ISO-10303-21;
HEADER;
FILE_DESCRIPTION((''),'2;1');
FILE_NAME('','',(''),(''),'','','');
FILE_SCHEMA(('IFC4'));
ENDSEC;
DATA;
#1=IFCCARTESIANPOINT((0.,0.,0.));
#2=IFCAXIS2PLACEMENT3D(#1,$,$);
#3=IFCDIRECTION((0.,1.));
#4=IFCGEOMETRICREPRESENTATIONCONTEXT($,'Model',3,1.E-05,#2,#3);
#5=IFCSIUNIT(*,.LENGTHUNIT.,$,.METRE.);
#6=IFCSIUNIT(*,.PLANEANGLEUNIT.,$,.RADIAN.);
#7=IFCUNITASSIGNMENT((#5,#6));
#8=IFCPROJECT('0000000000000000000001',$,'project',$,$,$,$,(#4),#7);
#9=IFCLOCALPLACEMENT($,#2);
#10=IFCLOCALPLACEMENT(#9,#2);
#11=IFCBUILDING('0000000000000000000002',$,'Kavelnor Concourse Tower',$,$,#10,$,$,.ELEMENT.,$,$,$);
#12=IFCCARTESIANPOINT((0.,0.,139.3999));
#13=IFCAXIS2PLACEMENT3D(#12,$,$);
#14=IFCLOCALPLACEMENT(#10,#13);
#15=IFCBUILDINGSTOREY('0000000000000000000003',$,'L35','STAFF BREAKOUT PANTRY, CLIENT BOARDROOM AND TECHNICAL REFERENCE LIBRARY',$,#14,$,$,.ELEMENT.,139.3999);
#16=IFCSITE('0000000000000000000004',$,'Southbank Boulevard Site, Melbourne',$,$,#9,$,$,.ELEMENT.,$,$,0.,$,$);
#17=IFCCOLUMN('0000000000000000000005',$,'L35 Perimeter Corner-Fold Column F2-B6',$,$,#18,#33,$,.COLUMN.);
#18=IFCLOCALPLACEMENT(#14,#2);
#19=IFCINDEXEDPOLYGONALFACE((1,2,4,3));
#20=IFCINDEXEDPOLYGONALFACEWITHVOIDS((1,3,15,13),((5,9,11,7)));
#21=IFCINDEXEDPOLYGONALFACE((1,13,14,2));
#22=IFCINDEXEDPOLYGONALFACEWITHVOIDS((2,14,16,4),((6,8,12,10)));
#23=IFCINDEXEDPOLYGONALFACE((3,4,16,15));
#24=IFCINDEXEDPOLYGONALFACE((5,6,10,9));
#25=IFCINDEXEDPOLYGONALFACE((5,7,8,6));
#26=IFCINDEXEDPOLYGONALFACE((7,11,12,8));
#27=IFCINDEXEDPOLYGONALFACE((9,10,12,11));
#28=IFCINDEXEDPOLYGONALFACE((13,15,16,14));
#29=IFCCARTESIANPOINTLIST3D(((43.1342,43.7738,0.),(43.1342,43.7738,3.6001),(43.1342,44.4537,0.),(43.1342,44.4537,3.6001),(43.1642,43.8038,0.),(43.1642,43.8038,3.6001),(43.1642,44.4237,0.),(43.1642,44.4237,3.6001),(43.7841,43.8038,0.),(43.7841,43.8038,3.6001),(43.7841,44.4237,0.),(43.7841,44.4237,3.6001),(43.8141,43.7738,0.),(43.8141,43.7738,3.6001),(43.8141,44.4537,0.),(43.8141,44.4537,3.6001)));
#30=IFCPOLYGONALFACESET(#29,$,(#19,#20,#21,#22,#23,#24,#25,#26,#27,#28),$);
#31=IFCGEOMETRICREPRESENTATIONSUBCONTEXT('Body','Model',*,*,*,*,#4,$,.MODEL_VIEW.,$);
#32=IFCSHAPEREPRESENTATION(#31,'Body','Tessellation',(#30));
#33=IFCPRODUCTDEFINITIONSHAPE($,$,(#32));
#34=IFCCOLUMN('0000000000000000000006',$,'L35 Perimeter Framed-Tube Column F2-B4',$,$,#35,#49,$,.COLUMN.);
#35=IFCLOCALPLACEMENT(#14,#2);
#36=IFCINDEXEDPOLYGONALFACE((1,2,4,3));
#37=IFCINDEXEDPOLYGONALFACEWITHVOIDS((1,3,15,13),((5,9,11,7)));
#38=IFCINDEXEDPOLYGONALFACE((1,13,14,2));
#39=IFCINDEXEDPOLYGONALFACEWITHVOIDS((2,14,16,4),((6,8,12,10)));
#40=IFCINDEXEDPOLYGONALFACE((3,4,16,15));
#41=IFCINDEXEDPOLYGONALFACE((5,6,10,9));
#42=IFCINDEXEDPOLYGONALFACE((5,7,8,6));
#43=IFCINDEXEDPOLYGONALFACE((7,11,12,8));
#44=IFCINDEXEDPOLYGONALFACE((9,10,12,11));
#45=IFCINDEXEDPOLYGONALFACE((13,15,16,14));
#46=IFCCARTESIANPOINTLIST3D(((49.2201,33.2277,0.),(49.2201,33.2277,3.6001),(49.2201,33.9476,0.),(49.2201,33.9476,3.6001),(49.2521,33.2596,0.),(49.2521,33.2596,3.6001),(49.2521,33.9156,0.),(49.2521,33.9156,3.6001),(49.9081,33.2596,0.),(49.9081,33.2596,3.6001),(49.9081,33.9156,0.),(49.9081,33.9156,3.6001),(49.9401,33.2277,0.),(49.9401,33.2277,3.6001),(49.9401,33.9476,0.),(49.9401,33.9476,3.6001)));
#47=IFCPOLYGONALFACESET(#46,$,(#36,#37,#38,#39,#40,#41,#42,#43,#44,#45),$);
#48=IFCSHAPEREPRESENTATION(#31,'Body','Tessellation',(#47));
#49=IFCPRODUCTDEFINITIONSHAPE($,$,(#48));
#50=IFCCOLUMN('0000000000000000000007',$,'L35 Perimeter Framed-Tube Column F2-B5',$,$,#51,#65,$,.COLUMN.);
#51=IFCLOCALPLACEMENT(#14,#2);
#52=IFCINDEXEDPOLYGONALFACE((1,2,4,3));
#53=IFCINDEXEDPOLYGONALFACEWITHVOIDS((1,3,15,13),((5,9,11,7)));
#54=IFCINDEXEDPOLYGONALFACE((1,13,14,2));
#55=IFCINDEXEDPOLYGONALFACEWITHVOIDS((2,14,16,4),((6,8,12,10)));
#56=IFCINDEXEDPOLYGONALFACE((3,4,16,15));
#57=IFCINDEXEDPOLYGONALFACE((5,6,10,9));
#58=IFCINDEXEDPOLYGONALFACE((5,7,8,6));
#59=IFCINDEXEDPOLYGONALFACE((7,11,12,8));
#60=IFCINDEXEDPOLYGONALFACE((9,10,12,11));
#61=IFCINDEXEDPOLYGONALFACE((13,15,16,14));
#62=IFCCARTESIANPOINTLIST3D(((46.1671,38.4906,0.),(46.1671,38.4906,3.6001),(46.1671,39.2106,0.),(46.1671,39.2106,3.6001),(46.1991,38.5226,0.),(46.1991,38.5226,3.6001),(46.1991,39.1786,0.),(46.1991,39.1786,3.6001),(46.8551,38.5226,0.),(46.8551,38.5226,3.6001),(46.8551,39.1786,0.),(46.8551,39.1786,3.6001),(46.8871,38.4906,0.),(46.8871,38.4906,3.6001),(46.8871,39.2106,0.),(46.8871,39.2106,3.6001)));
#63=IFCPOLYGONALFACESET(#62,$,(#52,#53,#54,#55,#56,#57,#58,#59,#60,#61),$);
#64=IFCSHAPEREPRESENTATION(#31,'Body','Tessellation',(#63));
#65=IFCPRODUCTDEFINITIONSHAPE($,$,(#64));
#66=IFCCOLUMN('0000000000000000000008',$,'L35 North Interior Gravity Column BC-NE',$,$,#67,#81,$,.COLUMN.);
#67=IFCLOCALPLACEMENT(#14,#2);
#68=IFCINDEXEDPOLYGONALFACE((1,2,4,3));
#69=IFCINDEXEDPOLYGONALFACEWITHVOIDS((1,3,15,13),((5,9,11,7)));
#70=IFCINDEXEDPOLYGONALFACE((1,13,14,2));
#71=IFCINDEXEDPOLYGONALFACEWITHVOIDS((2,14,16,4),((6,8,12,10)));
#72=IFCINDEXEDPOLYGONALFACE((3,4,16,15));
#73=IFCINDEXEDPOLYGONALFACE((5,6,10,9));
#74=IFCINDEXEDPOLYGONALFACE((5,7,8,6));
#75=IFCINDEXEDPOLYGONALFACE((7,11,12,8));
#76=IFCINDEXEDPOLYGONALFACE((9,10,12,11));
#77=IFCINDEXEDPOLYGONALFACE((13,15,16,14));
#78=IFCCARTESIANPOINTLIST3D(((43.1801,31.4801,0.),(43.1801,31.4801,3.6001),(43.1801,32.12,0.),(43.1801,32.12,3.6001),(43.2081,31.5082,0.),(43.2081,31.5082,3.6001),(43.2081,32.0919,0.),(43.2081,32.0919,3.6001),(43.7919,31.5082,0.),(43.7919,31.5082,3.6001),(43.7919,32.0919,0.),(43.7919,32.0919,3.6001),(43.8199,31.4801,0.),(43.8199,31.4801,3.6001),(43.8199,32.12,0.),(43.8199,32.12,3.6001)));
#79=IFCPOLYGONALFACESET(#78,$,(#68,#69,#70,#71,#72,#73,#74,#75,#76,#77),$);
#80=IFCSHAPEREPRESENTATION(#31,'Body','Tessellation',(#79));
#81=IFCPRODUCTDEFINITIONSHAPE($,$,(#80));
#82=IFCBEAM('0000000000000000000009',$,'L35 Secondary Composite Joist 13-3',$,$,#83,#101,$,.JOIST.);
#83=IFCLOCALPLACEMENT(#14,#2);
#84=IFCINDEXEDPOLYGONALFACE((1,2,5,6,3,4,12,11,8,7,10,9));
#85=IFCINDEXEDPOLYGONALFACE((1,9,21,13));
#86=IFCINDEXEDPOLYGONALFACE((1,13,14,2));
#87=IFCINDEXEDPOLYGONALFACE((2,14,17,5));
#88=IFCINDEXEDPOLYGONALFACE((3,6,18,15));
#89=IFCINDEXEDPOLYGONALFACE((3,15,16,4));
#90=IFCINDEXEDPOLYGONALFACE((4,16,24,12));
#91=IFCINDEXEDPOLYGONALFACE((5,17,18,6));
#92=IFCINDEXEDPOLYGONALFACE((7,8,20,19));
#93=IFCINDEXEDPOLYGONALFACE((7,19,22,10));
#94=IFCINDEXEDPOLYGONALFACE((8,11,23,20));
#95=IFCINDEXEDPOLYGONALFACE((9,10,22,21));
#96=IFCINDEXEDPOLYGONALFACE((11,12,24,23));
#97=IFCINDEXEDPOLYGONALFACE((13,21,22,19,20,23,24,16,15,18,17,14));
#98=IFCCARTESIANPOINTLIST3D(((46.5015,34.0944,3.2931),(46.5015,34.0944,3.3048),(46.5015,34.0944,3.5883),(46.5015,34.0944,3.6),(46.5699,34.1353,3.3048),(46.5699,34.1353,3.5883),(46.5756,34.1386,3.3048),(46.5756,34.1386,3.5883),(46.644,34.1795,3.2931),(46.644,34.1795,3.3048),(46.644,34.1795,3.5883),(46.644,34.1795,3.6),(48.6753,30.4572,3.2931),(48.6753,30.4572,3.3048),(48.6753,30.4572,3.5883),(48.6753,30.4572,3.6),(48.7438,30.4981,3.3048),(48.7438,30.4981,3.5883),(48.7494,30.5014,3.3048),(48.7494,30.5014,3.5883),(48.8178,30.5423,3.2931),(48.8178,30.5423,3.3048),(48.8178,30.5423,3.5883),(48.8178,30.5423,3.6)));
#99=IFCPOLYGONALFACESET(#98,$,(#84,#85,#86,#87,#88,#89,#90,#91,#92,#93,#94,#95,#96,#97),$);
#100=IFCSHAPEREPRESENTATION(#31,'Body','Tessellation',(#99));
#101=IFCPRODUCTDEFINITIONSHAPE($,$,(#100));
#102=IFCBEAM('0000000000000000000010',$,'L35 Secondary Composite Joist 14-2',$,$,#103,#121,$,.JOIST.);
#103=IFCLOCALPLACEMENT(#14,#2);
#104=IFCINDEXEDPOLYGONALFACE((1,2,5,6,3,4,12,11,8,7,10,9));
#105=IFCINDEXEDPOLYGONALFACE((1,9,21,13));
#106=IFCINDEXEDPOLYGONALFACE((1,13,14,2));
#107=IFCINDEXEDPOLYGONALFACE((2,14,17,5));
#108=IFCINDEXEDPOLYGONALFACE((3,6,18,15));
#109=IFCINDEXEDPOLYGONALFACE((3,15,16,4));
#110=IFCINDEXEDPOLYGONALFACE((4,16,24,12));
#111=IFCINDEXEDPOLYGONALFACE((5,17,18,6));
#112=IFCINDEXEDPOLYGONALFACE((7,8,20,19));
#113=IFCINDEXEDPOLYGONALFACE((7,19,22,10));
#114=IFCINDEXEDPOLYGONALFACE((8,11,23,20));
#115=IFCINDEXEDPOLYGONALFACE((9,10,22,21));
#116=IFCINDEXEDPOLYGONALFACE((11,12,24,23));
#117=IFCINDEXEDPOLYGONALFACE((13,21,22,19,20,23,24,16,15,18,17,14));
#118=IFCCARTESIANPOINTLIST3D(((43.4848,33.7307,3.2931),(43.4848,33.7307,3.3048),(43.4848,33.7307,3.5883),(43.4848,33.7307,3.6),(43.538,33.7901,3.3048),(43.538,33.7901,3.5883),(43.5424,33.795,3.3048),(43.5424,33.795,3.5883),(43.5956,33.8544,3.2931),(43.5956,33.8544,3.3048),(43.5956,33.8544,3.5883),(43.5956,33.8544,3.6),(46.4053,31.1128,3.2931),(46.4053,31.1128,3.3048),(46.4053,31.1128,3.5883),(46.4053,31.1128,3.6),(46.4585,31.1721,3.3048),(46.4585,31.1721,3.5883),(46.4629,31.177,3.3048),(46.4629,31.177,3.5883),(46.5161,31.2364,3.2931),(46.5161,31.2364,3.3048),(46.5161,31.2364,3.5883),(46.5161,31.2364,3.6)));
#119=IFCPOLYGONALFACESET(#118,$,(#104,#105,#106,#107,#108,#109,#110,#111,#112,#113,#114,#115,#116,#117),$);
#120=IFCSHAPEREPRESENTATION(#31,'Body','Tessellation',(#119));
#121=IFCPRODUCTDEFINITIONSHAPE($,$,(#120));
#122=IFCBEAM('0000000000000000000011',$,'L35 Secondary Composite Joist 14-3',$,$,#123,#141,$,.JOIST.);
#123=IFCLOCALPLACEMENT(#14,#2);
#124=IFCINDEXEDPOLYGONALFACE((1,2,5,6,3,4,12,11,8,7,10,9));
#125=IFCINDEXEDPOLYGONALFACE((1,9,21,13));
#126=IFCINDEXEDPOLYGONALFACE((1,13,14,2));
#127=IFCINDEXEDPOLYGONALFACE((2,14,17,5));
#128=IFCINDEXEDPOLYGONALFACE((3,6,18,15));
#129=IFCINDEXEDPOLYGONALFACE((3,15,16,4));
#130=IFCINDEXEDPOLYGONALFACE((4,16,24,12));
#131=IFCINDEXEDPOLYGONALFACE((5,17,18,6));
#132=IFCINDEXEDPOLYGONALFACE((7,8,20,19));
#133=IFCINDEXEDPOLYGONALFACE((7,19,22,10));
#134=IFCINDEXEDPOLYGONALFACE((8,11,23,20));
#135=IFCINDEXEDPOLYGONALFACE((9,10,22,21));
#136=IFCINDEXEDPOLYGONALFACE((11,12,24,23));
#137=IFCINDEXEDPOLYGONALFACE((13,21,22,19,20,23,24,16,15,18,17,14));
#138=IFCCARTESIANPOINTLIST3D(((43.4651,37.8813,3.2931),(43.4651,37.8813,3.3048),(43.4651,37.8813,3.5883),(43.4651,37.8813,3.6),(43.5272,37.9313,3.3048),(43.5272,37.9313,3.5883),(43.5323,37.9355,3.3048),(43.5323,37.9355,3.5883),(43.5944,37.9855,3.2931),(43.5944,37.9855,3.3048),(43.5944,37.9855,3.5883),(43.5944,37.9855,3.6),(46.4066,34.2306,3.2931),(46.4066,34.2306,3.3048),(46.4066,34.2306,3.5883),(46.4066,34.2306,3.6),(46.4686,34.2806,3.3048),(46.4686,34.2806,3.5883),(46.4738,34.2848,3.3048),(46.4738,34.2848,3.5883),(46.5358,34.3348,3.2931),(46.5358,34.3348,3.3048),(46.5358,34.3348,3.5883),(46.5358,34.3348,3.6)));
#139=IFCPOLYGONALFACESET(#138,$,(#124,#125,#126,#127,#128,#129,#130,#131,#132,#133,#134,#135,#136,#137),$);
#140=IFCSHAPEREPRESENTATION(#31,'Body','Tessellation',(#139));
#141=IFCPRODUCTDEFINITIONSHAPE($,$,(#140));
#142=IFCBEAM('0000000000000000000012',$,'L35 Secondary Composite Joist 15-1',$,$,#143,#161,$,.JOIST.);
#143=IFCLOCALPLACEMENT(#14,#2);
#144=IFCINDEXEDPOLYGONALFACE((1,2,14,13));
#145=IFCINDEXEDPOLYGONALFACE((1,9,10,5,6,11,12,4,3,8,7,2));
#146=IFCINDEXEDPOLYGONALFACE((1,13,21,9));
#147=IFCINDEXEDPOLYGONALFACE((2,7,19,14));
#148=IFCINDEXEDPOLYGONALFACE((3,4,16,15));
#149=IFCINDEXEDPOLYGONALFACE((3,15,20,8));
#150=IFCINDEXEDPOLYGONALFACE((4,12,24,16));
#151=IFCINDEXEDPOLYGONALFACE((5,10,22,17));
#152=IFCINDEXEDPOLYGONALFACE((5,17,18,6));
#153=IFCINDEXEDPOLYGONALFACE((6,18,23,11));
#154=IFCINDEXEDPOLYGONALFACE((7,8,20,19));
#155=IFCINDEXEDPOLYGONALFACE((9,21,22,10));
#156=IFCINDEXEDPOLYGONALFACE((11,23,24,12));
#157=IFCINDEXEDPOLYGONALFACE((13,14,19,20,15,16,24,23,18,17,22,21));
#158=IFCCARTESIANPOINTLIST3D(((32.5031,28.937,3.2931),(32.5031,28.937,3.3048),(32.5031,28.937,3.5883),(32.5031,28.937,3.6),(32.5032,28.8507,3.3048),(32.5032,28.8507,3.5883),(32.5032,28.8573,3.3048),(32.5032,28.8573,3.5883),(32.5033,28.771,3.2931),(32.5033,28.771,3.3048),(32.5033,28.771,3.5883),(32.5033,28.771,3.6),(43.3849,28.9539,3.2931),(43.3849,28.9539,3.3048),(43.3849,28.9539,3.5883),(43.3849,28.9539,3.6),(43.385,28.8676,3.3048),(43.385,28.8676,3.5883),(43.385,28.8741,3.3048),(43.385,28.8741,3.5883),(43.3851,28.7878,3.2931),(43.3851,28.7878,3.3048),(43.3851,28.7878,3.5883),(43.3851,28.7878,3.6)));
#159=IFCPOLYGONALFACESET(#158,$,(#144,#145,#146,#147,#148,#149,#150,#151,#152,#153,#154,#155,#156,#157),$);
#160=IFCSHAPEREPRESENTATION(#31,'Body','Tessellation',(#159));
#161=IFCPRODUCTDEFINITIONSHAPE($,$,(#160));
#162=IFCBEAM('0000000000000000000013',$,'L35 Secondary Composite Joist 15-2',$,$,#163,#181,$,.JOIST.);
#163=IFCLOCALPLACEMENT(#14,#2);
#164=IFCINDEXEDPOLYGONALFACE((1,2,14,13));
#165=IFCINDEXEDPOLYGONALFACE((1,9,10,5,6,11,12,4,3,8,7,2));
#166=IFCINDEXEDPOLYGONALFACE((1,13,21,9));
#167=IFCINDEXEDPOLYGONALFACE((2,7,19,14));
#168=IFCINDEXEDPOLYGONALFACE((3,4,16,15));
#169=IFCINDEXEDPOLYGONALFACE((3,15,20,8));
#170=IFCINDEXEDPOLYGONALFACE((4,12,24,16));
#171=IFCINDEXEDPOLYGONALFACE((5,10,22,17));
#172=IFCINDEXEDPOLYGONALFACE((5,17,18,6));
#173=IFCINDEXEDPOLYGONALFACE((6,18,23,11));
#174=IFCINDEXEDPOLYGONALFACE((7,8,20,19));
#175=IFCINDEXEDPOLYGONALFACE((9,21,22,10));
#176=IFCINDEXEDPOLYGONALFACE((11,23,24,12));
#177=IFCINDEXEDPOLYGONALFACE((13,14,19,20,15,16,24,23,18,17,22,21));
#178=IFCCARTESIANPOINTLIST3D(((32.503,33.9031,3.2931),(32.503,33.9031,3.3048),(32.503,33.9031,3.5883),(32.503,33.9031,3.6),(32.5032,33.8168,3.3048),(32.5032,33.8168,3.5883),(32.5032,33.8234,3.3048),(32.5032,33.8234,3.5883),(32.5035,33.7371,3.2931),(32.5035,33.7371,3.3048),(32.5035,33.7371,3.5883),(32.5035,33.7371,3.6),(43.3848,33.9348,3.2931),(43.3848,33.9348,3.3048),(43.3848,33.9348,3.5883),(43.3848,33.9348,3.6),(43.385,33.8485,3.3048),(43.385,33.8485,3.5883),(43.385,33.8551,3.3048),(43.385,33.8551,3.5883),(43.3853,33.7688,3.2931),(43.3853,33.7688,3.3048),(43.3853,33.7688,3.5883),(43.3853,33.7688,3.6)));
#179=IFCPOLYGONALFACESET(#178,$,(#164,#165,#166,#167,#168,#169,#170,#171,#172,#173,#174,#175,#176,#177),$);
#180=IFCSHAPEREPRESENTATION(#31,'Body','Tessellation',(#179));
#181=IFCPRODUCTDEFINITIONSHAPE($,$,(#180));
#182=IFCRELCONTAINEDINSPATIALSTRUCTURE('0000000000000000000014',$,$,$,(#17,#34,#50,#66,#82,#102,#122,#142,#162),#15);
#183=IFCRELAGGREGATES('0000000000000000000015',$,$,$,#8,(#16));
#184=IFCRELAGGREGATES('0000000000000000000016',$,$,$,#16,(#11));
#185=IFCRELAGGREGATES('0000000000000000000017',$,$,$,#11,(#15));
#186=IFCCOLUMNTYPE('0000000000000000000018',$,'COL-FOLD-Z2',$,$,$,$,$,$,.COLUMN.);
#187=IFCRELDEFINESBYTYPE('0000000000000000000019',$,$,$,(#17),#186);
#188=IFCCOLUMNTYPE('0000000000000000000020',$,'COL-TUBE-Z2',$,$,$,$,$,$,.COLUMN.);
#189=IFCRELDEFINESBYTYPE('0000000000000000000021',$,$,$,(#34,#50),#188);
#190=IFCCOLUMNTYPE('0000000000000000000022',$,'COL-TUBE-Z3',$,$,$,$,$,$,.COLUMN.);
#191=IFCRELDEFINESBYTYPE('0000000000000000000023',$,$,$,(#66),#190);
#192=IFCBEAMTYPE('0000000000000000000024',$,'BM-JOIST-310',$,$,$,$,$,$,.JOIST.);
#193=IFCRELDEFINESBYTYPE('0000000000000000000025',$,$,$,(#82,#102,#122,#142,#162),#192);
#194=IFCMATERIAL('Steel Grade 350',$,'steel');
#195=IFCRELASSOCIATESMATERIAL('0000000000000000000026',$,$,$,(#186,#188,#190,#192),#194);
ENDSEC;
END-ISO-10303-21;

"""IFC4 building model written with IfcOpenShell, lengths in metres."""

from ifc_helpers import new_model, si_unit, direction, frame, origin, origin_2d, place, context, subcontext, project, spatial, hollow_rectangle, i_section, extrude, material, material_profile, profile_set, type_object, element, save


model = new_model("IFC4")

# Units and contexts
model_context = context("Model", 3, precision=1e-05, world=origin(), true_north=direction((0.0, 1.0)))
body_context = subcontext(model_context, "Body", "Model", "MODEL_VIEW")
ifc_project = project(units=[si_unit("LENGTHUNIT", "METRE"), si_unit("PLANEANGLEUNIT", "RADIAN")], contexts=[model_context])

# Site, building, storey
site_placement = place(None, origin())
site = spatial("IfcSite", under=ifc_project, at=site_placement, Name="Southbank Boulevard Site, Melbourne", CompositionType="ELEMENT", RefElevation=0.0)
building_placement = place(site_placement, origin())
building = spatial("IfcBuilding", under=site, at=building_placement, Name="Kavelnor Concourse Tower", CompositionType="ELEMENT")
storey_placement = place(building_placement, frame((0.0, 0.0, 139.3999)))
storey = spatial("IfcBuildingStorey", under=building, at=storey_placement, Name="L35", Description="STAFF BREAKOUT PANTRY, CLIENT BOARDROOM AND TECHNICAL REFERENCE LIBRARY", CompositionType="ELEMENT", Elevation=139.3999)

# Columns
ifc_material_1 = material(Name="Steel Grade 350", Category="steel")
ifc_material_profile_1 = material_profile(ifc_material_1, hollow_rectangle(XDim=0.6799, YDim=0.6799, WallThickness=0.03, at=origin_2d()), Name="SHS 680x680x30")
ifc_profile_set_1 = profile_set([ifc_material_profile_1], Name="Steel Grade 350")
column_type_1 = type_object("IfcColumnType", Name="COL-FOLD-Z2", PredefinedType="COLUMN", material=ifc_profile_set_1)
column_1_placement = place(storey_placement, frame((43.4741, 44.1138, 0.0), z_axis=(0.0, 0.0, 1.0), x_axis=(1.0, 0.0, 0.0)))
element("IfcColumn", 1, at=column_1_placement, inside=storey, type_object=column_type_1, Name="L35 Perimeter Corner-Fold Column F2-B6", PredefinedType="COLUMN", context=body_context, shape_type="SweptSolid", body=[
    extrude(hollow_rectangle(XDim=0.6799, YDim=0.6799, WallThickness=0.03, at=origin_2d()), origin(), (0.0, 0.0, 1.0), 3.6001),
])
ifc_material_profile_2 = material_profile(ifc_material_1, hollow_rectangle(XDim=0.72, YDim=0.72, WallThickness=0.032, at=origin_2d()), Name="SHS 720x720x32")
ifc_profile_set_2 = profile_set([ifc_material_profile_2], Name="Steel Grade 350")
column_type_2 = type_object("IfcColumnType", Name="COL-TUBE-Z2", PredefinedType="COLUMN", material=ifc_profile_set_2)
for number, where, z_axis, x_axis, name in (
    (2, (49.5801, 33.5876, 0.0), (0.0, 0.0, 1.0), (1.0, 0.0, 0.0), "L35 Perimeter Framed-Tube Column F2-B4"),
    (3, (46.5271, 38.8506, 0.0), (0.0, 0.0, 1.0), (1.0, 0.0, 0.0), "L35 Perimeter Framed-Tube Column F2-B5"),
):
    element("IfcColumn", number, at=place(storey_placement, frame(where, z_axis=z_axis, x_axis=x_axis)), inside=storey, type_object=column_type_2, Name=name, PredefinedType="COLUMN", context=body_context, shape_type="SweptSolid", body=[
        extrude(hollow_rectangle(XDim=0.72, YDim=0.72, WallThickness=0.032, at=origin_2d()), origin(), (0.0, 0.0, 1.0), 3.6001),
    ])
ifc_material_profile_3 = material_profile(ifc_material_1, hollow_rectangle(XDim=0.6399, YDim=0.6399, WallThickness=0.0281, at=origin_2d()), Name="SHS 640x640x28")
ifc_profile_set_3 = profile_set([ifc_material_profile_3], Name="Steel Grade 350")
column_type_3 = type_object("IfcColumnType", Name="COL-TUBE-Z3", PredefinedType="COLUMN", material=ifc_profile_set_3)
column_2_placement = place(storey_placement, frame((43.5, 31.8, 0.0), z_axis=(0.0, 0.0, 1.0), x_axis=(1.0, 0.0, 0.0)))
element("IfcColumn", 4, at=column_2_placement, inside=storey, type_object=column_type_3, Name="L35 North Interior Gravity Column BC-NE", PredefinedType="COLUMN", context=body_context, shape_type="SweptSolid", body=[
    extrude(hollow_rectangle(XDim=0.6399, YDim=0.6399, WallThickness=0.0281, at=origin_2d()), origin(), (0.0, 0.0, 1.0), 3.6001),
])

# Beams
ifc_material_profile_4 = material_profile(ifc_material_1, i_section(OverallWidth=0.166, OverallDepth=0.3069, WebThickness=0.0066, FlangeThickness=0.0117, at=origin_2d()), Name="310UB46")
ifc_profile_set_4 = profile_set([ifc_material_profile_4], Name="Steel Grade 350")
beam_type_1 = type_object("IfcBeamType", Name="BM-JOIST-310", PredefinedType="JOIST", material=ifc_profile_set_4)
beam_1_placement = place(storey_placement, frame((48.7466, 30.4998, 3.4465), z_axis=(-0.513021, 0.858376, 0.0), x_axis=(-0.858376, -0.513021, 0.0)))
element("IfcBeam", 5, at=beam_1_placement, inside=storey, type_object=beam_type_1, Name="L35 Secondary Composite Joist 13-3", PredefinedType="JOIST", context=body_context, shape_type="SweptSolid", body=[
    extrude(i_section(OverallWidth=0.166, OverallDepth=0.3069, WebThickness=0.0066, FlangeThickness=0.0117, at=origin_2d()), origin(), (0.0, 0.0, 1.0), 4.2373),
])
beam_2_placement = place(storey_placement, frame((46.4607, 31.1746, 3.4465), z_axis=(-0.744617, 0.667491, 0.0), x_axis=(-0.667491, -0.744617, 0.0)))
element("IfcBeam", 6, at=beam_2_placement, inside=storey, type_object=beam_type_1, Name="L35 Secondary Composite Joist 14-2", PredefinedType="JOIST", context=body_context, shape_type="SweptSolid", body=[
    extrude(i_section(OverallWidth=0.166, OverallDepth=0.3069, WebThickness=0.0066, FlangeThickness=0.0117, at=origin_2d()), origin(), (0.0, 0.0, 1.0), 3.9221),
])
beam_3_placement = place(storey_placement, frame((46.4712, 34.2827, 3.4465), z_axis=(-0.627409, 0.77869, 0.0), x_axis=(-0.77869, -0.627409, 0.0)))
element("IfcBeam", 7, at=beam_3_placement, inside=storey, type_object=beam_type_1, Name="L35 Secondary Composite Joist 14-3", PredefinedType="JOIST", context=body_context, shape_type="SweptSolid", body=[
    extrude(i_section(OverallWidth=0.166, OverallDepth=0.3069, WebThickness=0.0066, FlangeThickness=0.0117, at=origin_2d()), origin(), (0.0, 0.0, 1.0), 4.6882),
])
for number, where, z_axis, x_axis, name in (
    (8, (43.385, 28.8708, 3.4465), (-0.999999, -0.001548, 0.0), (0.001548, -0.999999, 0.0), "L35 Secondary Composite Joist 15-1"),
    (9, (43.385, 33.8518, 3.4465), (-0.999996, -0.002917, 0.0), (0.002917, -0.999996, 0.0), "L35 Secondary Composite Joist 15-2"),
):
    element("IfcBeam", number, at=place(storey_placement, frame(where, z_axis=z_axis, x_axis=x_axis)), inside=storey, type_object=beam_type_1, Name=name, PredefinedType="JOIST", context=body_context, shape_type="SweptSolid", body=[
        extrude(i_section(OverallWidth=0.166, OverallDepth=0.3069, WebThickness=0.0066, FlangeThickness=0.0117, at=origin_2d()), origin(), (0.0, 0.0, 1.0), 10.8818),
    ])

save(model, "model.ifc")
